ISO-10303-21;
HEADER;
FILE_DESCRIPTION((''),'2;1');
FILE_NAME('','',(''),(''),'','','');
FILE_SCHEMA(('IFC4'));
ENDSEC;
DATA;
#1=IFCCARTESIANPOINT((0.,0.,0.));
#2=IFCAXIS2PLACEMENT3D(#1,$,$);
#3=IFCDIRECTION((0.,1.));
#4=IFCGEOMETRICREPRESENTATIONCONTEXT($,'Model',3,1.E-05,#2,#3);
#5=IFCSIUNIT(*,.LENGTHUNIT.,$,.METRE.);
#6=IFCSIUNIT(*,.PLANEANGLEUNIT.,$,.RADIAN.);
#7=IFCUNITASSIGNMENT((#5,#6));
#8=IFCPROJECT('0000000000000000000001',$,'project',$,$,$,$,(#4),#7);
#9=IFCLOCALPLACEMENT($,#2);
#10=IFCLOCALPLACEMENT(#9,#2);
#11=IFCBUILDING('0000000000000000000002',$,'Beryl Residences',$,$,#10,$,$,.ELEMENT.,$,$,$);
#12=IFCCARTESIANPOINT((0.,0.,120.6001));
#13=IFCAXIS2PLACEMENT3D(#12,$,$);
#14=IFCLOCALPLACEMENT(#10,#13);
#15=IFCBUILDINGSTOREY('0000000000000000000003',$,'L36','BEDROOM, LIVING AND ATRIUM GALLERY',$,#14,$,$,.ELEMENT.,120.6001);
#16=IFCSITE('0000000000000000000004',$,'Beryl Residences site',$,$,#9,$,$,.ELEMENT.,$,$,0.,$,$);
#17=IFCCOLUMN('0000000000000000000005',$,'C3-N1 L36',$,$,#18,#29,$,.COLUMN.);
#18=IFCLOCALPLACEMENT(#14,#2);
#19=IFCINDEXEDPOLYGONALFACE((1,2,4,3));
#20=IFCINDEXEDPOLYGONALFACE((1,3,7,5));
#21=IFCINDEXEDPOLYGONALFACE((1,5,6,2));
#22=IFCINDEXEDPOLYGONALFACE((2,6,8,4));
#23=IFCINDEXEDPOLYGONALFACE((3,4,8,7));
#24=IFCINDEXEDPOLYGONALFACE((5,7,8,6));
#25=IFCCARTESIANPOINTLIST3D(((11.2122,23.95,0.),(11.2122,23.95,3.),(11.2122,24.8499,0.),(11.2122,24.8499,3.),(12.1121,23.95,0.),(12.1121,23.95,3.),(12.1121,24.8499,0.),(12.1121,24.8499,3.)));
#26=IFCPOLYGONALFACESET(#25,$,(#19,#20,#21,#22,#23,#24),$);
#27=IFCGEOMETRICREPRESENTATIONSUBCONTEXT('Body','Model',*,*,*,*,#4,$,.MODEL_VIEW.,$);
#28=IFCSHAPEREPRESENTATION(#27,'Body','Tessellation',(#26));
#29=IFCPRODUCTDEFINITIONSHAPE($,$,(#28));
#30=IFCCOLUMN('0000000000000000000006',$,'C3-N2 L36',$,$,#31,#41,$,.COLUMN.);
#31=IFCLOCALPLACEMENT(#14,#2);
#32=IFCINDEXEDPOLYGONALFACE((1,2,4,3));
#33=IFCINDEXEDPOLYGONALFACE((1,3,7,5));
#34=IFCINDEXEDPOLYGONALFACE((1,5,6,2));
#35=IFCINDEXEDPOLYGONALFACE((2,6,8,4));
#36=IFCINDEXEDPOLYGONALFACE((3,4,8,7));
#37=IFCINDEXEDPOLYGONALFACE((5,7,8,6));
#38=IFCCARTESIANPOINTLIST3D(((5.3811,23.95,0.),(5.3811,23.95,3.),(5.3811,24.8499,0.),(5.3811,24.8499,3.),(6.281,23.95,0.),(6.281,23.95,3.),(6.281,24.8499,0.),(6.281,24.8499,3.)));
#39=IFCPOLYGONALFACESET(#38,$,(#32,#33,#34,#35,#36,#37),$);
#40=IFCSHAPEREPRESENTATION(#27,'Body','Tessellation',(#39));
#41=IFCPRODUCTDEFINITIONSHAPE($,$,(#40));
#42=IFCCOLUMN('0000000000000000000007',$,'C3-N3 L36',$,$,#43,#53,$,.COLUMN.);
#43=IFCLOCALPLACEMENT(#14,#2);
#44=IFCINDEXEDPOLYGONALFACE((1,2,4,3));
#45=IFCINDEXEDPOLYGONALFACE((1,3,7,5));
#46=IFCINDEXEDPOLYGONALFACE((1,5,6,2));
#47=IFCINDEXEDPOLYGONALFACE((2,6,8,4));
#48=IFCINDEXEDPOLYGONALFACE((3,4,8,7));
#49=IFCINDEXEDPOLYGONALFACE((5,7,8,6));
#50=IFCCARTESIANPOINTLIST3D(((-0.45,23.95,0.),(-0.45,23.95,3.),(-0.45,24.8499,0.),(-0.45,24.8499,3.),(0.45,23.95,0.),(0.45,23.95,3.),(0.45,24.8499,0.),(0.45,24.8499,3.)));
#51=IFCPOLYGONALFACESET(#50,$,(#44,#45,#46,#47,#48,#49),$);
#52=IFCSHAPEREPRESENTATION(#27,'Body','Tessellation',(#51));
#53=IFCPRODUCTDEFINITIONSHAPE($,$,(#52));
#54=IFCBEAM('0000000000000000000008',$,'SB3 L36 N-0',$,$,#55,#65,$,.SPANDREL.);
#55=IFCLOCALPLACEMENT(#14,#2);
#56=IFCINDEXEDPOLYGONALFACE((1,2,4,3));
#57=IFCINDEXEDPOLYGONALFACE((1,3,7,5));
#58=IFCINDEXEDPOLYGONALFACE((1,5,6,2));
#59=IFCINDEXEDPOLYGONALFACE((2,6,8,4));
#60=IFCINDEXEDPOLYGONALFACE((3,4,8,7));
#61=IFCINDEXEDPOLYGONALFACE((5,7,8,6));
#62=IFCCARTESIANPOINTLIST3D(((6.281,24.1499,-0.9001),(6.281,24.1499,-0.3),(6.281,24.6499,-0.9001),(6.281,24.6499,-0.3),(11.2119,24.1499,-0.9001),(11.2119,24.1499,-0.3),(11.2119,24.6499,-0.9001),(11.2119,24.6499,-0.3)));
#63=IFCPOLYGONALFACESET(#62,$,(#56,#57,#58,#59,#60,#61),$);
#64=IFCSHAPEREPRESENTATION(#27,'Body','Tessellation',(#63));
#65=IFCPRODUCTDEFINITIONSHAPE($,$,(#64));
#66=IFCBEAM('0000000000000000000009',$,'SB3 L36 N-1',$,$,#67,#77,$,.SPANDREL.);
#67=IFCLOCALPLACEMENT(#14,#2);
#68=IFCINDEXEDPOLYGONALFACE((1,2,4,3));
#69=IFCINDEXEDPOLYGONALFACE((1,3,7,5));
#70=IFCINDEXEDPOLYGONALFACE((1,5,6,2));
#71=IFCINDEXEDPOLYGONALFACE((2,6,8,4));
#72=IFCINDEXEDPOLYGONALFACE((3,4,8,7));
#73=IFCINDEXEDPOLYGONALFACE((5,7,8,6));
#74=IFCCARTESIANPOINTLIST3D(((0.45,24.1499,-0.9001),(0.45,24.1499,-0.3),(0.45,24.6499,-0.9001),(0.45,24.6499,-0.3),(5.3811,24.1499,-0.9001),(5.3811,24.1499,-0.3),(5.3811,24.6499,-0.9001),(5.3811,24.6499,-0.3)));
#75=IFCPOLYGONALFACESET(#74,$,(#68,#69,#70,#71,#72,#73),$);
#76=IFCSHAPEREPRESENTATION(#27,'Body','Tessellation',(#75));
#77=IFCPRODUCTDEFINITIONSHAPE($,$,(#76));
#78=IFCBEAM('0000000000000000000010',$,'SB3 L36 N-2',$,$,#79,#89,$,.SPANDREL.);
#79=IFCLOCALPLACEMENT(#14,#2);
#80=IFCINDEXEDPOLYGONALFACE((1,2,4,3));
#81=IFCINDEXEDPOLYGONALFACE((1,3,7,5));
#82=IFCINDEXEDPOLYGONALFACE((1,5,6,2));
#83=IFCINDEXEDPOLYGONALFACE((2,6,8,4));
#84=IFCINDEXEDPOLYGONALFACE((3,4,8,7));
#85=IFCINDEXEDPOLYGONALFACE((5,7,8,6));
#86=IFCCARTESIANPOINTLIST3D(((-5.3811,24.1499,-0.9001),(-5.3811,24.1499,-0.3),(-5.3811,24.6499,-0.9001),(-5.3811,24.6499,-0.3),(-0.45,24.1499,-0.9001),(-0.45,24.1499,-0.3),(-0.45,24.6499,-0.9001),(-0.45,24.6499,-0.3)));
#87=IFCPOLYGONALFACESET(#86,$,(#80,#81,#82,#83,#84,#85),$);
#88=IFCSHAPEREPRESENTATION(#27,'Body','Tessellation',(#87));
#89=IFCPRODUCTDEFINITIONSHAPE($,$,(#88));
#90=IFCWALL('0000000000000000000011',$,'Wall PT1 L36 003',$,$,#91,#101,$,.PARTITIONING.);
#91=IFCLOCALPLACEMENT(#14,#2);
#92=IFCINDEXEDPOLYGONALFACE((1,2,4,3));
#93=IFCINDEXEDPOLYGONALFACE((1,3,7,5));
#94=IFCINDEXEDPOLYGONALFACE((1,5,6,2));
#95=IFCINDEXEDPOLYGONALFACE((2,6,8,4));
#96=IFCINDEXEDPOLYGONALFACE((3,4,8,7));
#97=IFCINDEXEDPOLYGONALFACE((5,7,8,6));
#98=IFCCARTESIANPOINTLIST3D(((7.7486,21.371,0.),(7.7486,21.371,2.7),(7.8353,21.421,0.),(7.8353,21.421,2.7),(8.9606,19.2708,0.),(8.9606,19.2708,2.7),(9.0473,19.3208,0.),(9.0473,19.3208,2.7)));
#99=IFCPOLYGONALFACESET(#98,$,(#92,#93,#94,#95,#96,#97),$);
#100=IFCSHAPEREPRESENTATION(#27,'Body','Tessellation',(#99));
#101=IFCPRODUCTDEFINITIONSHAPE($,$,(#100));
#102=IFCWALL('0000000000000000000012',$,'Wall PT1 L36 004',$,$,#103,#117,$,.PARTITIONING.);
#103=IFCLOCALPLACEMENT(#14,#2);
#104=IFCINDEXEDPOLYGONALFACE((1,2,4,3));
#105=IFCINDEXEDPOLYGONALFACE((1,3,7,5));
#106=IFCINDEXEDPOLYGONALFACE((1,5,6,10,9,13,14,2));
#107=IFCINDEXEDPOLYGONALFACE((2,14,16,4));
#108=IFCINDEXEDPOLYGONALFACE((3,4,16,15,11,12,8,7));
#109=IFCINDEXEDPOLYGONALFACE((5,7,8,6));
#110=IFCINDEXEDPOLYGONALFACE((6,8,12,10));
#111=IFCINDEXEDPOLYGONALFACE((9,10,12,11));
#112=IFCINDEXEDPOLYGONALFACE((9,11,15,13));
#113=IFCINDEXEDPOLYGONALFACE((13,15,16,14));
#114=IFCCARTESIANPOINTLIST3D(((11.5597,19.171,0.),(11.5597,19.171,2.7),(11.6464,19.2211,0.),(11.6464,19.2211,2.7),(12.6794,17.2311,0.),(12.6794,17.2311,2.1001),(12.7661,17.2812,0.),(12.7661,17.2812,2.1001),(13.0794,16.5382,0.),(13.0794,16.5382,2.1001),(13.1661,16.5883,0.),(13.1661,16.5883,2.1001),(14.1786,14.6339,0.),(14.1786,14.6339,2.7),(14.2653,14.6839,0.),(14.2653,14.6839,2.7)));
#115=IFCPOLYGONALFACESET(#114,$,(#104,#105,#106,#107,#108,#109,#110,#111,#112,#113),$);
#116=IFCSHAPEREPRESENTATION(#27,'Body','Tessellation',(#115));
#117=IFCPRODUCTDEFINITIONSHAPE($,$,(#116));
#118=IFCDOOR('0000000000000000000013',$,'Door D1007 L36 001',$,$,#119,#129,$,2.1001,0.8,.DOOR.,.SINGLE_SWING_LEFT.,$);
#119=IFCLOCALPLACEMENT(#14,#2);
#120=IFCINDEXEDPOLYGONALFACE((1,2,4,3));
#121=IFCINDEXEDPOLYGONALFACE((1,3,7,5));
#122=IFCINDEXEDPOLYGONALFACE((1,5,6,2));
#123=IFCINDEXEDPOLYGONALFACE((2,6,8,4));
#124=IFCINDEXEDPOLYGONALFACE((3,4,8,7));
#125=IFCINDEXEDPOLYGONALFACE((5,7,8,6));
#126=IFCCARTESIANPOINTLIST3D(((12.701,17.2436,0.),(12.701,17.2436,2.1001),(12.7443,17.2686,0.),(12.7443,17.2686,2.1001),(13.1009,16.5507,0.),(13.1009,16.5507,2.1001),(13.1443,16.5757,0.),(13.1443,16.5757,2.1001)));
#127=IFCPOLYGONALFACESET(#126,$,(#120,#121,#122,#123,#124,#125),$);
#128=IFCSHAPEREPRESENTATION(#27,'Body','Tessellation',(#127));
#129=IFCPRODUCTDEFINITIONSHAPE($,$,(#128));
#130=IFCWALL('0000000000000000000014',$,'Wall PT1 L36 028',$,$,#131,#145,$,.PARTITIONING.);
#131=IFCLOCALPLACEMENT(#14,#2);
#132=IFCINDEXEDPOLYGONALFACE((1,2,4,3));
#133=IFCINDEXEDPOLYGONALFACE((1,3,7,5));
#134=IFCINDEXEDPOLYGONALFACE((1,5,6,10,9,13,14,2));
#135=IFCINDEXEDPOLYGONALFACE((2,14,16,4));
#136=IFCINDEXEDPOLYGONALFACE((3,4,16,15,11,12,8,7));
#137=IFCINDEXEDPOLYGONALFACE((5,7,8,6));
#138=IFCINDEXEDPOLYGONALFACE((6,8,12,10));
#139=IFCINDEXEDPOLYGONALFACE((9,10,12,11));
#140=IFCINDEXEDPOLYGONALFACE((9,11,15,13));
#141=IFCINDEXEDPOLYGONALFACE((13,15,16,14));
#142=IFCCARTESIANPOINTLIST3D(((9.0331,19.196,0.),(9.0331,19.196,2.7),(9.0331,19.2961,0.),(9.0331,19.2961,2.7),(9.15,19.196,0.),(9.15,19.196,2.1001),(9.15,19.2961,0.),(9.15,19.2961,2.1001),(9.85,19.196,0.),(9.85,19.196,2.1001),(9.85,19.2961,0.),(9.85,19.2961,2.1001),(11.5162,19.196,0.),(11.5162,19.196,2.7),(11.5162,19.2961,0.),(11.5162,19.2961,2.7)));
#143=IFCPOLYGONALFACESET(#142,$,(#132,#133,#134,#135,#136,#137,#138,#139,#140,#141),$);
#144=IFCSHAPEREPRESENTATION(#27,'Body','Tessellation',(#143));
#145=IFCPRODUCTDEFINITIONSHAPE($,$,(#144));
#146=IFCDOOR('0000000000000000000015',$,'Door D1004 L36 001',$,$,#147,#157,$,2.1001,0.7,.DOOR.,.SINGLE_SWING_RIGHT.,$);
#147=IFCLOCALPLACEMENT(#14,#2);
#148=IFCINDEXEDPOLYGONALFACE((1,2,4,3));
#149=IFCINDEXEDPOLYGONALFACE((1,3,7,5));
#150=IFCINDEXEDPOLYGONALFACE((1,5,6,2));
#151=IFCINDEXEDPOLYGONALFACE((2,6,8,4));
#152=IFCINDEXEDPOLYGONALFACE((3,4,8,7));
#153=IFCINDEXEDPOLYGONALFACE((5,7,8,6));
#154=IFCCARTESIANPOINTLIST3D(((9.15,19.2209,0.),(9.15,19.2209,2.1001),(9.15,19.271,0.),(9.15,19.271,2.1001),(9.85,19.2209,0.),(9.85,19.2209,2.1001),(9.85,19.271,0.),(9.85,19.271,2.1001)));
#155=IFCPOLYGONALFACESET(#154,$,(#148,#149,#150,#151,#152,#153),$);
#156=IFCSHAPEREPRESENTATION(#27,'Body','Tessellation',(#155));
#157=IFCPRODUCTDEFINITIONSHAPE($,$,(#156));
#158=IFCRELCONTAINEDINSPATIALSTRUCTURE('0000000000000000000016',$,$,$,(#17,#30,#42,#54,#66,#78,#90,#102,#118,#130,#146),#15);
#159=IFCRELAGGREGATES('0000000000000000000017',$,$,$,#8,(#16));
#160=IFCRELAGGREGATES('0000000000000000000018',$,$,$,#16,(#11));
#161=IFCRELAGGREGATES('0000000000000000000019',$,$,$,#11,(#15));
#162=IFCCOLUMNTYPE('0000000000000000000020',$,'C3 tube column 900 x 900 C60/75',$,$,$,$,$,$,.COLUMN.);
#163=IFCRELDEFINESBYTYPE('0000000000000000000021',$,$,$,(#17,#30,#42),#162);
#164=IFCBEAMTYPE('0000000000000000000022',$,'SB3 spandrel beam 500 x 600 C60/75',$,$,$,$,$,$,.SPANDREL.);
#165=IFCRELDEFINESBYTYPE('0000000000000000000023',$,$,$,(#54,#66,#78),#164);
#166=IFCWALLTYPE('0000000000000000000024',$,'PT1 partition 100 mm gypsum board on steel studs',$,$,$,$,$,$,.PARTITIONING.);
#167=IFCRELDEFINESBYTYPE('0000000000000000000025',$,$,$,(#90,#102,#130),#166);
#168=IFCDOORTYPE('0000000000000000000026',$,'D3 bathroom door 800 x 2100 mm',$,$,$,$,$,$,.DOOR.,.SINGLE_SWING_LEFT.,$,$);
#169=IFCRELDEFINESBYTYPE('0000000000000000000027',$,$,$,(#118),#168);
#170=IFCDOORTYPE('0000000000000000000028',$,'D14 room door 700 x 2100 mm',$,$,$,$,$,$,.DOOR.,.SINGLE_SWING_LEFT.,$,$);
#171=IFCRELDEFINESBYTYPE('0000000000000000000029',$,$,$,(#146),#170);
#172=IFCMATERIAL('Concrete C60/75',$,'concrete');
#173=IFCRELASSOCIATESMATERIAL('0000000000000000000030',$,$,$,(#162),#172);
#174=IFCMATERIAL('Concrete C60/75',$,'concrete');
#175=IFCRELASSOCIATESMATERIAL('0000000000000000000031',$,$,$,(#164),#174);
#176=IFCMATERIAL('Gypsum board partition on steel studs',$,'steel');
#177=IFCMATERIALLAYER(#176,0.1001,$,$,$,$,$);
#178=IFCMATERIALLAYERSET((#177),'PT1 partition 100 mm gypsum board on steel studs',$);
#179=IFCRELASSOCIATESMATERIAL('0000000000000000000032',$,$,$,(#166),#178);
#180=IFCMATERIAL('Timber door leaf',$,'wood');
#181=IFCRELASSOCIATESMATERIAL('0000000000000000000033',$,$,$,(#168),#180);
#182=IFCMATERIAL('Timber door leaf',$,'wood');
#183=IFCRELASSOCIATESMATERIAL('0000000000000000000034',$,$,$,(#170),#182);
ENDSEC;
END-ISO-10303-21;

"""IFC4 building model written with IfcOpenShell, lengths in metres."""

from ifc_helpers import new_model, si_unit, direction, frame, frame_2d, origin, origin_2d, place, context, subcontext, project, spatial, rectangle, extrude, material, layer, layer_set, material_profile, profile_set, type_object, element, fill, save


model = new_model("IFC4")

# Units and contexts
model_context = context("Model", 3, precision=1e-05, world=origin(), true_north=direction((0.0, 1.0)))
body_context = subcontext(model_context, "Body", "Model", "MODEL_VIEW")
ifc_project = project(units=[si_unit("LENGTHUNIT", "METRE"), si_unit("PLANEANGLEUNIT", "RADIAN")], contexts=[model_context])

# Site, building, storey
site_placement = place(None, origin())
site = spatial("IfcSite", under=ifc_project, at=site_placement, Name="Beryl Residences site", CompositionType="ELEMENT", RefElevation=0.0)
building_placement = place(site_placement, origin())
building = spatial("IfcBuilding", under=site, at=building_placement, Name="Beryl Residences", CompositionType="ELEMENT")
storey_placement = place(building_placement, frame((0.0, 0.0, 120.6001)))
storey = spatial("IfcBuildingStorey", under=building, at=storey_placement, Name="L36", Description="BEDROOM, LIVING AND ATRIUM GALLERY", CompositionType="ELEMENT", Elevation=120.6001)

# Columns
ifc_material_1 = material(Name="Concrete C60/75", Category="concrete")
ifc_material_profile_1 = material_profile(ifc_material_1, rectangle(XDim=0.8999, YDim=0.8999, at=origin_2d()))
ifc_profile_set_1 = profile_set([ifc_material_profile_1], Name="Concrete C60/75")
column_type = type_object("IfcColumnType", Name="C3 tube column 900 x 900 C60/75", PredefinedType="COLUMN", material=ifc_profile_set_1)
for number, where, z_axis, x_axis, name in (
    (1, (11.6621, 24.3999, 0.0), (0.0, 0.0, 1.0), (-1.0, 0.0, 0.0), "C3-N1 L36"),
    (2, (5.8311, 24.3999, 0.0), (0.0, 0.0, 1.0), (-1.0, 0.0, 0.0), "C3-N2 L36"),
    (3, (0.0, 24.3999, 0.0), (0.0, 0.0, 1.0), (-1.0, 0.0, 0.0), "C3-N3 L36"),
):
    element("IfcColumn", number, at=place(storey_placement, frame(where, z_axis=z_axis, x_axis=x_axis)), inside=storey, type_object=column_type, Name=name, PredefinedType="COLUMN", context=body_context, shape_type="SweptSolid", body=[
        extrude(rectangle(XDim=0.8999, YDim=0.8999, at=origin_2d()), origin(), (0.0, 0.0, 1.0), 3.0),
    ])

# Beams
ifc_material_2 = material(Name="Concrete C60/75", Category="concrete")
ifc_material_profile_2 = material_profile(ifc_material_2, rectangle(XDim=0.5, YDim=0.6001, at=origin_2d()))
ifc_profile_set_2 = profile_set([ifc_material_profile_2], Name="Concrete C60/75")
beam_type = type_object("IfcBeamType", Name="SB3 spandrel beam 500 x 600 C60/75", PredefinedType="SPANDREL", material=ifc_profile_set_2)
beam_placement = place(storey_placement, frame((11.2119, 24.3999, -0.6001), z_axis=(-1.0, 0.0, 0.0), x_axis=(0.0, -1.0, 0.0)))
element("IfcBeam", 4, at=beam_placement, inside=storey, type_object=beam_type, Name="SB3 L36 N-0", PredefinedType="SPANDREL", context=body_context, shape_type="SweptSolid", body=[
    extrude(rectangle(XDim=0.5, YDim=0.6001, at=origin_2d()), origin(), (0.0, 0.0, 1.0), 4.9309),
])
for number, where, z_axis, x_axis, name in (
    (5, (5.3811, 24.3999, -0.6001), (-1.0, 0.0, 0.0), (0.0, -1.0, 0.0), "SB3 L36 N-1"),
    (6, (-0.45, 24.3999, -0.6001), (-1.0, 0.0, 0.0), (0.0, -1.0, 0.0), "SB3 L36 N-2"),
):
    element("IfcBeam", number, at=place(storey_placement, frame(where, z_axis=z_axis, x_axis=x_axis)), inside=storey, type_object=beam_type, Name=name, PredefinedType="SPANDREL", context=body_context, shape_type="SweptSolid", body=[
        extrude(rectangle(XDim=0.5, YDim=0.6001, at=origin_2d()), origin(), (0.0, 0.0, 1.0), 4.9312),
    ])

# Wall
ifc_material_3 = material(Name="Gypsum board partition on steel studs", Category="steel")
ifc_layer_1 = layer(ifc_material_3, 0.1001)
ifc_layer_set_1 = layer_set([ifc_layer_1], Name="PT1 partition 100 mm gypsum board on steel studs")
wall_type_1 = type_object("IfcWallType", Name="PT1 partition 100 mm gypsum board on steel studs", PredefinedType="PARTITIONING", material=ifc_layer_set_1)
wall_1_placement = place(storey_placement, frame((7.792, 21.396, 0.0), z_axis=(0.0, 0.0, 1.0), x_axis=(0.499821, -0.866129, 0.0)))
element("IfcWall", 7, at=wall_1_placement, inside=storey, type_object=wall_type_1, Name="Wall PT1 L36 003", PredefinedType="PARTITIONING", context=body_context, shape_type="SweptSolid", body=[
    extrude(rectangle(XDim=2.4248, YDim=0.1001, at=frame_2d((1.2124, 0.0))), origin(), (0.0, 0.0, 1.0), 2.7),
])

# Walls, openings, doors
wall_2_placement = place(storey_placement, frame((11.603, 19.196, 0.0), z_axis=(0.0, 0.0, 1.0), x_axis=(0.499913, -0.866075, 0.0)))
wall_2 = element("IfcWall", 8, at=wall_2_placement, inside=storey, type_object=wall_type_1, Name="Wall PT1 L36 004", PredefinedType="PARTITIONING", context=body_context, shape_type="SweptSolid", body=[
    extrude(rectangle(XDim=5.2388, YDim=0.1001, at=frame_2d((2.6194, 0.0))), origin(), (0.0, 0.0, 1.0), 2.7),
])
opening_1_placement = place(wall_2_placement, frame((2.24, 0.0, 0.0)))
opening_1 = element("IfcOpeningElement", 9, at=opening_1_placement, cuts=wall_2, PredefinedType="OPENING", context=body_context, shape_type="SweptSolid", body=[
    extrude(rectangle(XDim=0.8, YDim=2.1001, at=frame_2d((0.3999, 1.05))), frame((0.0, 0.0601, 0.0), z_axis=(0.0, -1.0, 0.0), x_axis=(1.0, 0.0, 0.0)), (0.0, 0.0, 1.0), 0.1201),
])
ifc_material_4 = material(Name="Timber door leaf", Category="wood")
door_type_1 = type_object("IfcDoorType", Name="D3 bathroom door 800 x 2100 mm", OperationType="SINGLE_SWING_LEFT", PredefinedType="DOOR", material=ifc_material_4)
door_1_placement = place(opening_1_placement, origin())
door_1 = element("IfcDoor", 10, at=door_1_placement, inside=storey, type_object=door_type_1, Name="Door D1007 L36 001", OperationType="SINGLE_SWING_LEFT", OverallHeight=2.1001, OverallWidth=0.8, PredefinedType="DOOR", context=body_context, shape_type="SweptSolid", body=[
    extrude(rectangle(XDim=0.8, YDim=2.1001, at=frame_2d((0.3999, 1.05))), frame((0.0, 0.0249, 0.0), z_axis=(0.0, -1.0, 0.0), x_axis=(1.0, 0.0, 0.0)), (0.0, 0.0, 1.0), 0.05),
])
fill(opening_1, door_1)
wall_3_placement = place(storey_placement, frame((9.033, 19.2461, 0.0), z_axis=(0.0, 0.0, 1.0), x_axis=(1.0, 0.0, 0.0)))
wall_3 = element("IfcWall", 11, at=wall_3_placement, inside=storey, type_object=wall_type_1, Name="Wall PT1 L36 028", PredefinedType="PARTITIONING", context=body_context, shape_type="SweptSolid", body=[
    extrude(rectangle(XDim=2.4832, YDim=0.1001, at=frame_2d((1.2417, 0.0))), origin(), (0.0, 0.0, 1.0), 2.7),
])
opening_2_placement = place(wall_3_placement, frame((0.1169, 0.0, 0.0)))
opening_2 = element("IfcOpeningElement", 12, at=opening_2_placement, cuts=wall_3, PredefinedType="OPENING", context=body_context, shape_type="SweptSolid", body=[
    extrude(rectangle(XDim=0.7, YDim=2.1001, at=frame_2d((0.3501, 1.05))), frame((0.0, 0.0601, 0.0), z_axis=(0.0, -1.0, 0.0), x_axis=(1.0, 0.0, 0.0)), (0.0, 0.0, 1.0), 0.1201),
])
ifc_material_5 = material(Name="Timber door leaf", Category="wood")
door_type_2 = type_object("IfcDoorType", Name="D14 room door 700 x 2100 mm", OperationType="SINGLE_SWING_LEFT", PredefinedType="DOOR", material=ifc_material_5)
door_2_placement = place(opening_2_placement, origin())
door_2 = element("IfcDoor", 13, at=door_2_placement, inside=storey, type_object=door_type_2, Name="Door D1004 L36 001", OperationType="SINGLE_SWING_RIGHT", OverallHeight=2.1001, OverallWidth=0.7, PredefinedType="DOOR", context=body_context, shape_type="SweptSolid", body=[
    extrude(rectangle(XDim=0.7, YDim=2.1001, at=frame_2d((0.3501, 1.05))), frame((0.0, 0.0249, 0.0), z_axis=(0.0, -1.0, 0.0), x_axis=(1.0, 0.0, 0.0)), (0.0, 0.0, 1.0), 0.05),
])
fill(opening_2, door_2)

save(model, "model.ifc")
